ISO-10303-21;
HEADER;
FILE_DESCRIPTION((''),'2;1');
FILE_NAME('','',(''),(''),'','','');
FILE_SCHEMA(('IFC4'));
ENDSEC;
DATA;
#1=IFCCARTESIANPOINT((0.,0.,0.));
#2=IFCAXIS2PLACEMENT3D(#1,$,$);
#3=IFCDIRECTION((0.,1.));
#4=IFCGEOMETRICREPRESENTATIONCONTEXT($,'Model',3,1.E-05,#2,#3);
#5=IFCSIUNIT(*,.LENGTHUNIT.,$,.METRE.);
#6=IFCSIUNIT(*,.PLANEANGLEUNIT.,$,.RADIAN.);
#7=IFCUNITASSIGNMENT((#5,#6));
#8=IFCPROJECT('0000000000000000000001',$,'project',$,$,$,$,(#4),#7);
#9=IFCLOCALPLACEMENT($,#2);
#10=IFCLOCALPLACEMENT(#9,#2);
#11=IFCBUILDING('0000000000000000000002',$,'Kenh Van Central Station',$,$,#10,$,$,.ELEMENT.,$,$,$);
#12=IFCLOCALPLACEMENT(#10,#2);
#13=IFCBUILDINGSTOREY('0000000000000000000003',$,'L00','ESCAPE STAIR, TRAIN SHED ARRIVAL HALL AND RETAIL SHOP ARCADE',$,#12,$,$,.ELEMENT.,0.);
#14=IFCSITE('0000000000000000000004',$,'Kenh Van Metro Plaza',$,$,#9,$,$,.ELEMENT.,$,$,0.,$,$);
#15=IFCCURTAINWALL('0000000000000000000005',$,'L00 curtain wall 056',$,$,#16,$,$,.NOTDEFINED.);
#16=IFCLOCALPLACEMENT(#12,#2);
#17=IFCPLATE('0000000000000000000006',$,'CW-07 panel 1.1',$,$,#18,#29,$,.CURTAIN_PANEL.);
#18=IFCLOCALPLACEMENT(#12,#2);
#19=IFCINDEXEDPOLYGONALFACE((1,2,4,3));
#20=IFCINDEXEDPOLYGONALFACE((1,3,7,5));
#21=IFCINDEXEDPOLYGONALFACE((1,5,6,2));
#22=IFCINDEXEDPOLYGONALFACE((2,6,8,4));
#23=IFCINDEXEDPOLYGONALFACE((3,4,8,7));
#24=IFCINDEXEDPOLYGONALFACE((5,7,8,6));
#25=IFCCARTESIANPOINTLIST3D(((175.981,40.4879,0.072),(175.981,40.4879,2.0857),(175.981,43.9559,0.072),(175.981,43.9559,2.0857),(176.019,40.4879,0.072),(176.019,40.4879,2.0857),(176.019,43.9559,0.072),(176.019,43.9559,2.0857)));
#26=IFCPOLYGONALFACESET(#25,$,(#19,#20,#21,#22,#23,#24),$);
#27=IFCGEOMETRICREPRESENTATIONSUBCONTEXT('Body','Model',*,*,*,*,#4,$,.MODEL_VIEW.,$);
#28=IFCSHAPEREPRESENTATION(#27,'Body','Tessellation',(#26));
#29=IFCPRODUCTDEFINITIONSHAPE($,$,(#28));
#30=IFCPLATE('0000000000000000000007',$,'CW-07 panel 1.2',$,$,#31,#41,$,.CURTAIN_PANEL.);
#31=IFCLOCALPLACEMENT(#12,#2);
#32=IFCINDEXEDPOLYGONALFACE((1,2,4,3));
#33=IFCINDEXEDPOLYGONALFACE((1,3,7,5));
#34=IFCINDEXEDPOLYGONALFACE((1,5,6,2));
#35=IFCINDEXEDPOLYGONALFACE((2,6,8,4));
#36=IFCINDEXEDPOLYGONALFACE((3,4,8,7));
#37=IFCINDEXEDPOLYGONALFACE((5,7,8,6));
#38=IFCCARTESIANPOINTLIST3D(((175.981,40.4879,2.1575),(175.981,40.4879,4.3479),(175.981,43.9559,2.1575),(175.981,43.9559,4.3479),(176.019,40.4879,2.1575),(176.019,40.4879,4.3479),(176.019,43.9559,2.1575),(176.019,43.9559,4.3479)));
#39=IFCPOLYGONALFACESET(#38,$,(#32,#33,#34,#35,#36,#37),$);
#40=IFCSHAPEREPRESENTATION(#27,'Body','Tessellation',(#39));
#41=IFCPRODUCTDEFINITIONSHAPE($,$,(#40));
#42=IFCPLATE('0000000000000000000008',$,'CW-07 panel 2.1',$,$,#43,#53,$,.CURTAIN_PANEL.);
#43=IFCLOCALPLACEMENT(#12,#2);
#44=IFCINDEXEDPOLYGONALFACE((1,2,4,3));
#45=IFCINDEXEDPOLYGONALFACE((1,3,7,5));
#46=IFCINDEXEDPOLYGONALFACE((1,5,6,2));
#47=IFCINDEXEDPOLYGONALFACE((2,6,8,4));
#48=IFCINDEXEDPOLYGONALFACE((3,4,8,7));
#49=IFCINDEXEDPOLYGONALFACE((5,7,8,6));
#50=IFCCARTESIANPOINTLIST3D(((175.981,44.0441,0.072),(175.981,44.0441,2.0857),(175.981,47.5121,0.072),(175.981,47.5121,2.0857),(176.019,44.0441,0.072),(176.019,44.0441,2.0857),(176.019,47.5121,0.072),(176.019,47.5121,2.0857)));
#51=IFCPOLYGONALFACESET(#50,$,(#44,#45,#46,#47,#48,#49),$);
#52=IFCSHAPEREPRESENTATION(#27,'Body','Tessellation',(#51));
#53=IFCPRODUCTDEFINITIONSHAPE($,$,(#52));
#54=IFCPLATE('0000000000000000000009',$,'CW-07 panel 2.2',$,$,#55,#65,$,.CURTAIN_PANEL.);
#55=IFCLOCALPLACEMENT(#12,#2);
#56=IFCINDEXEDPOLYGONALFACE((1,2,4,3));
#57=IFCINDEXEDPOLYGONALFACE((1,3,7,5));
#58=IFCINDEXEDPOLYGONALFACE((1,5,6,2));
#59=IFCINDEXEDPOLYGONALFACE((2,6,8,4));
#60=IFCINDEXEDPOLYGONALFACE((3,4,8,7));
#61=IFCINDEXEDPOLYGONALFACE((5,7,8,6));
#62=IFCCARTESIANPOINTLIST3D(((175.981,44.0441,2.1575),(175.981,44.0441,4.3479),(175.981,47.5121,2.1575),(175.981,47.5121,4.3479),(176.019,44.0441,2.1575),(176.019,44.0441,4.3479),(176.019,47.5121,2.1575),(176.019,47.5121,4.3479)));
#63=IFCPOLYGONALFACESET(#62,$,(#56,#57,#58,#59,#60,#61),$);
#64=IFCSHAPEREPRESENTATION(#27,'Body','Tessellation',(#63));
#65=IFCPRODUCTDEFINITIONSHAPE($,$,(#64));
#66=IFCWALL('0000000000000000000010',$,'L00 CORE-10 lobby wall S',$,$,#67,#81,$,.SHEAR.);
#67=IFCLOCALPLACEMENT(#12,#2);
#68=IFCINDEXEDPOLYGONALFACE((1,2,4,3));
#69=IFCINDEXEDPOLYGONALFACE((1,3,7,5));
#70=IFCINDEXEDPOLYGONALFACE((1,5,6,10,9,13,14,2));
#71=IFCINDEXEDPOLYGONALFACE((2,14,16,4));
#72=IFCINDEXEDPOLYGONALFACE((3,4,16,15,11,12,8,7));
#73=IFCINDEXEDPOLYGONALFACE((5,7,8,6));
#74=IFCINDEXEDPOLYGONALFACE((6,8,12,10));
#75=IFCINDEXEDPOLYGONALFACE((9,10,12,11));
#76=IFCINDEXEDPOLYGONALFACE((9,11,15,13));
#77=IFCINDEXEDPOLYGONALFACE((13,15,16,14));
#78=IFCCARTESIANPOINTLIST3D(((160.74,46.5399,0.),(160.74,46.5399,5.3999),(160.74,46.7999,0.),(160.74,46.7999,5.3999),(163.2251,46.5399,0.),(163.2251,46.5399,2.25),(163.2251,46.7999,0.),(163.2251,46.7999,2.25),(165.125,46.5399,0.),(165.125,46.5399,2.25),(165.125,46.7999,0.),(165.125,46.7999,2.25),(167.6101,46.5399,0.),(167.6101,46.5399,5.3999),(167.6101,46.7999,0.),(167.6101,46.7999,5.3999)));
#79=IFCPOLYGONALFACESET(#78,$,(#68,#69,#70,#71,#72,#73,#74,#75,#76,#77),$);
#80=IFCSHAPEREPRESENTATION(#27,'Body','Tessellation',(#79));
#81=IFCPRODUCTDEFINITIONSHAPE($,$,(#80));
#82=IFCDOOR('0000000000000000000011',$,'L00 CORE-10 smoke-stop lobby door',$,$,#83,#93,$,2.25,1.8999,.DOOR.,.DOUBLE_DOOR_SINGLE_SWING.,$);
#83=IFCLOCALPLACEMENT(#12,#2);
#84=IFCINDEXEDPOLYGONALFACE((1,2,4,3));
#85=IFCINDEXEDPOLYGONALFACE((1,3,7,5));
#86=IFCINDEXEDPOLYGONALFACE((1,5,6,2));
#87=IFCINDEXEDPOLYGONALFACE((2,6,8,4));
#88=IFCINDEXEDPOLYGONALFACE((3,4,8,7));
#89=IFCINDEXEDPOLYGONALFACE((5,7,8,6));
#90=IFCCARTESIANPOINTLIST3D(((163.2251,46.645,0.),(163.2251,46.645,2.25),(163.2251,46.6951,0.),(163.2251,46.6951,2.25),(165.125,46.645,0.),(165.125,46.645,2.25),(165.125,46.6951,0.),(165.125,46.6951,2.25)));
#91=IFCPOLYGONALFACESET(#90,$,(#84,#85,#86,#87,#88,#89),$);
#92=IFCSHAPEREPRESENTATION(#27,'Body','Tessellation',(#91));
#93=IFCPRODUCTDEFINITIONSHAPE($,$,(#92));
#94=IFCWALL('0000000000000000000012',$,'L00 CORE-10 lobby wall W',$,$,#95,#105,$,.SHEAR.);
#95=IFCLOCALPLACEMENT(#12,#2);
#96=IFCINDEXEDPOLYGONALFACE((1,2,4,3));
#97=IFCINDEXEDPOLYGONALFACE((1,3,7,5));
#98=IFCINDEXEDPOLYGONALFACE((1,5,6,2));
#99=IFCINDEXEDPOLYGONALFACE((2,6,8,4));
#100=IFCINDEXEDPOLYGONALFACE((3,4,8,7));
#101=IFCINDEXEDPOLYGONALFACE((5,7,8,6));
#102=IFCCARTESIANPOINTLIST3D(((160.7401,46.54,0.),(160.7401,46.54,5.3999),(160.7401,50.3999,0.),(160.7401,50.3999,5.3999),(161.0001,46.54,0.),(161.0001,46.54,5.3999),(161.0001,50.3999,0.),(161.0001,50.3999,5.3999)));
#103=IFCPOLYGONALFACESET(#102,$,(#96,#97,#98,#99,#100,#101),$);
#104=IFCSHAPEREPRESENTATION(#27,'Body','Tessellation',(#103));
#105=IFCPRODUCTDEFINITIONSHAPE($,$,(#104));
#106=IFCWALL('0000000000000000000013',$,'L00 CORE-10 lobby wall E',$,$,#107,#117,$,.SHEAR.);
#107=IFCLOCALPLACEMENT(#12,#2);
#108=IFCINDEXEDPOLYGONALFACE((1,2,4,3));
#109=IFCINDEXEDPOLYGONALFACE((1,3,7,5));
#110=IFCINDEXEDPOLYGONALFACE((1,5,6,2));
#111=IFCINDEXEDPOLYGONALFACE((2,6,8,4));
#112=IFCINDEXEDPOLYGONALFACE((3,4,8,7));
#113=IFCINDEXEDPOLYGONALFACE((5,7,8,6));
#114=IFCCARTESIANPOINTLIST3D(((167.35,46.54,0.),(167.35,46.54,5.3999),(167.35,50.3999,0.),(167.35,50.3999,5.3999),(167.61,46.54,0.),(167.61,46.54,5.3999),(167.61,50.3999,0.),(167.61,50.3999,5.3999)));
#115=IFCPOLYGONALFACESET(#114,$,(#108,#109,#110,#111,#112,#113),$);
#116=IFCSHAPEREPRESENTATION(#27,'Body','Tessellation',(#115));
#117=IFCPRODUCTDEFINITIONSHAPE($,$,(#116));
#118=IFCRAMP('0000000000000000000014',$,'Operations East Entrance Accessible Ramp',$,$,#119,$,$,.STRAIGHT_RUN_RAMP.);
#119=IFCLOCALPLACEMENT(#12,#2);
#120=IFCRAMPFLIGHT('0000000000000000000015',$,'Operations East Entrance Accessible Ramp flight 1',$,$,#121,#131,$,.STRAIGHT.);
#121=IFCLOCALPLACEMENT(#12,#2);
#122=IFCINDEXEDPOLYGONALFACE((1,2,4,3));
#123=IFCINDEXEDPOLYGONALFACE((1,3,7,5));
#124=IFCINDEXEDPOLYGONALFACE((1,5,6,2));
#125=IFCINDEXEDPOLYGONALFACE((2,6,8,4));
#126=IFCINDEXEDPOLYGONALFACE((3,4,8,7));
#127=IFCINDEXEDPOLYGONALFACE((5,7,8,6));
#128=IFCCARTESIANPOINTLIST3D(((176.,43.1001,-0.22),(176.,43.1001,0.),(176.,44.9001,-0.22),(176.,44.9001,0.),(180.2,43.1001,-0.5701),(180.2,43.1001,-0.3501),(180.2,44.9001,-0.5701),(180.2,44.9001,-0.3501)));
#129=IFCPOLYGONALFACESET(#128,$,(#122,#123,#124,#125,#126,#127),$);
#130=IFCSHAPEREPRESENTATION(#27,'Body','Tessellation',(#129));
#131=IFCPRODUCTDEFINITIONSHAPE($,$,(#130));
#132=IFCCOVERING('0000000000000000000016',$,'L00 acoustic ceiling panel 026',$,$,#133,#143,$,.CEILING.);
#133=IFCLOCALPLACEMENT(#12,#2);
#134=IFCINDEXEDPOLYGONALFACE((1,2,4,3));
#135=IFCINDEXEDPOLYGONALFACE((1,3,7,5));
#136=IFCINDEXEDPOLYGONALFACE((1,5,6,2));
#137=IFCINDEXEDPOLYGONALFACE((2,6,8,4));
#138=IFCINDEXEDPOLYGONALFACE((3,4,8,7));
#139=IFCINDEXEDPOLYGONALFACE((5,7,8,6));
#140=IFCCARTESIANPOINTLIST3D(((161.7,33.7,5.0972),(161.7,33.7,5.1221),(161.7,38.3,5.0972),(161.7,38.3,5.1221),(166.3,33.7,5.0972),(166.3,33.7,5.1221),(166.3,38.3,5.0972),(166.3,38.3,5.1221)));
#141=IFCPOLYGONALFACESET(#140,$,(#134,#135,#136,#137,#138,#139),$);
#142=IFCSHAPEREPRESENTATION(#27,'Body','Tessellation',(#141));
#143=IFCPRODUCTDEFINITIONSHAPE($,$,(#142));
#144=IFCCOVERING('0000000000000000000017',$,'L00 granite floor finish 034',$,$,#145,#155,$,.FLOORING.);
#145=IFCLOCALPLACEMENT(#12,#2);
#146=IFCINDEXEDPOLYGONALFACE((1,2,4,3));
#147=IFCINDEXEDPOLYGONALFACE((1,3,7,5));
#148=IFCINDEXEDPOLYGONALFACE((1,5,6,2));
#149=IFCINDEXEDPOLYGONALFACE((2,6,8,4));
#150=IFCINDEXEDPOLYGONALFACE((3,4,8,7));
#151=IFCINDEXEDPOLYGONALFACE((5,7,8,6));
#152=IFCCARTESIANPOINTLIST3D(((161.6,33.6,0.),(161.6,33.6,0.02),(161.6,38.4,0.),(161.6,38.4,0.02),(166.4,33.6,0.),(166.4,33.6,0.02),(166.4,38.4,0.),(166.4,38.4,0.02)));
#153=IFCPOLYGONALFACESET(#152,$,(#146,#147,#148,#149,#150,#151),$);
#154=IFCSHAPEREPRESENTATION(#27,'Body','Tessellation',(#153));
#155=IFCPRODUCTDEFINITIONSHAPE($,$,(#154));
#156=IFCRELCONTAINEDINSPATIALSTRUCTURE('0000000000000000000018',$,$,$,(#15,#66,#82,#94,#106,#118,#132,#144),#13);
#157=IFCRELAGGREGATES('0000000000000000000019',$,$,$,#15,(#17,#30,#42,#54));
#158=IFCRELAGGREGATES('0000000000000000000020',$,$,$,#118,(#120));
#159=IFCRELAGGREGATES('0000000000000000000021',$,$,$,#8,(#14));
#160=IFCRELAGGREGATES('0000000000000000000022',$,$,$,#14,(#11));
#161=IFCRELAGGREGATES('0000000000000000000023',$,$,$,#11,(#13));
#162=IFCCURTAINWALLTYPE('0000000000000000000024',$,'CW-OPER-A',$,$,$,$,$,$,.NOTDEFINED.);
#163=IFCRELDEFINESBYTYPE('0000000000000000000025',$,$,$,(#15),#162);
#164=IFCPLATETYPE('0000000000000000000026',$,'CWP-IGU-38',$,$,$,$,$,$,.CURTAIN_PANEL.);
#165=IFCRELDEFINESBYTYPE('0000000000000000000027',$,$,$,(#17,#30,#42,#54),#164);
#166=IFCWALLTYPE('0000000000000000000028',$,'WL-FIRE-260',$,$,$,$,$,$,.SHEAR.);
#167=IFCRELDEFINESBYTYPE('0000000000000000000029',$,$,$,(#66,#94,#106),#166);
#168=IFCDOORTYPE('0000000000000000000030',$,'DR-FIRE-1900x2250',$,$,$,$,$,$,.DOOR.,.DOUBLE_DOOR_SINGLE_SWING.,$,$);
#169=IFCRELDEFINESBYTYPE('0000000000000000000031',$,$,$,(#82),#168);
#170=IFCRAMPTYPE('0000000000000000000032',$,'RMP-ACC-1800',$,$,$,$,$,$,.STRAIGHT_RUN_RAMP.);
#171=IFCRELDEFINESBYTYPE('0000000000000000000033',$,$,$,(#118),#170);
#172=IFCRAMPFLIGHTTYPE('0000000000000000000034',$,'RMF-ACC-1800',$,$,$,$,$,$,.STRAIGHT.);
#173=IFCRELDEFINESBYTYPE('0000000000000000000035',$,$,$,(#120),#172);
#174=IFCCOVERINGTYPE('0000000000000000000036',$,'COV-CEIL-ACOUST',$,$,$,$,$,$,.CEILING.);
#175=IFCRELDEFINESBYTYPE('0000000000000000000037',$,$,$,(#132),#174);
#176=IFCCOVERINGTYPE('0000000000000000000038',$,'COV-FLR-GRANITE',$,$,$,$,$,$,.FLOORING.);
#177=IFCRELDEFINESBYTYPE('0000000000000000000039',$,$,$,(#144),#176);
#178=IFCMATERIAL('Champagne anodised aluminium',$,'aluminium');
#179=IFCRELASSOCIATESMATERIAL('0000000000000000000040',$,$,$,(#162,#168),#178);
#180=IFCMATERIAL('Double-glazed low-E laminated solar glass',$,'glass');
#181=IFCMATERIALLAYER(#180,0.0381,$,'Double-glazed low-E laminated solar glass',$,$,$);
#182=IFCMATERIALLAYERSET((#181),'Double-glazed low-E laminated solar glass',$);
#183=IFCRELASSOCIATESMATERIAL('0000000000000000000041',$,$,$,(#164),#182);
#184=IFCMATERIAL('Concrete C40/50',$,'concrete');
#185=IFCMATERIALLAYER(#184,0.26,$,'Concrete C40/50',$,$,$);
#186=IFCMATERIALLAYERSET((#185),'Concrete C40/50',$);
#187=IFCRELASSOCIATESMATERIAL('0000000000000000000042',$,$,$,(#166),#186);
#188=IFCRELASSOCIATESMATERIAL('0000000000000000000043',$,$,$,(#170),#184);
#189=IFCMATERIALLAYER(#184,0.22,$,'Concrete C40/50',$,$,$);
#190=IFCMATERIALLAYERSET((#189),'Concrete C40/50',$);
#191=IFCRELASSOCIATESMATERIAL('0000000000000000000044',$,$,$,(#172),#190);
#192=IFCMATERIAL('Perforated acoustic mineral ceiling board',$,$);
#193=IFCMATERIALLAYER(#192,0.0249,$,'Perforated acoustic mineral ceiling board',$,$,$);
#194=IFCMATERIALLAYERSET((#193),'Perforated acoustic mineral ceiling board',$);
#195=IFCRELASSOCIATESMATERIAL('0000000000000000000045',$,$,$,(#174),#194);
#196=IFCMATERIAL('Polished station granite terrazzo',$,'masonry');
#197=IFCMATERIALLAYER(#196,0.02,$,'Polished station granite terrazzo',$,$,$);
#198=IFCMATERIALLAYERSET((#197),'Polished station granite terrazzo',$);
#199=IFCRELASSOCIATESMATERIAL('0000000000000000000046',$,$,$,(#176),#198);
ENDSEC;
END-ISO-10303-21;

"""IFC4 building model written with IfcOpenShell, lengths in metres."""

from ifc_helpers import new_model, si_unit, direction, frame, frame_2d, origin, origin_2d, place, context, subcontext, project, spatial, polyline, rectangle, outline, extrude, material, layer, layer_set, type_object, element, fill, aggregate, save


model = new_model("IFC4")

# Units and contexts
model_context = context("Model", 3, precision=1e-05, world=origin(), true_north=direction((0.0, 1.0)))
body_context = subcontext(model_context, "Body", "Model", "MODEL_VIEW")
ifc_project = project(units=[si_unit("LENGTHUNIT", "METRE"), si_unit("PLANEANGLEUNIT", "RADIAN")], contexts=[model_context])

# Site, building, storey
site_placement = place(None, origin())
site = spatial("IfcSite", under=ifc_project, at=site_placement, Name="Kenh Van Metro Plaza", CompositionType="ELEMENT", RefElevation=0.0)
building_placement = place(site_placement, origin())
building = spatial("IfcBuilding", under=site, at=building_placement, Name="Kenh Van Central Station", CompositionType="ELEMENT")
storey_placement = place(building_placement, origin())
storey = spatial("IfcBuildingStorey", under=building, at=storey_placement, Name="L00", Description="ESCAPE STAIR, TRAIN SHED ARRIVAL HALL AND RETAIL SHOP ARCADE", CompositionType="ELEMENT", Elevation=0.0)

# Shared definitions
ifc_material_1 = material(Name="Concrete C40/50", Category="concrete")

# Curtain wall
ifc_material_2 = material(Name="Champagne anodised aluminium", Category="aluminium")
curtain_wall_type = type_object("IfcCurtainWallType", Name="CW-OPER-A", PredefinedType="NOTDEFINED", material=ifc_material_2)
curtain_wall_placement = place(storey_placement, origin())
curtain_wall = element("IfcCurtainWall", 1, at=curtain_wall_placement, inside=storey, type_object=curtain_wall_type, Name="L00 curtain wall 056", PredefinedType="NOTDEFINED")

# Plates
ifc_material_3 = material(Name="Double-glazed low-E laminated solar glass", Category="glass")
ifc_layer_1 = layer(ifc_material_3, 0.0381, Name="Double-glazed low-E laminated solar glass")
ifc_layer_set_1 = layer_set([ifc_layer_1], Name="Double-glazed low-E laminated solar glass")
plate_type = type_object("IfcPlateType", Name="CWP-IGU-38", PredefinedType="CURTAIN_PANEL", material=ifc_layer_set_1)
plate_1_placement = place(storey_placement, frame((176.0, 42.2219, 0.072), z_axis=(0.0, 0.0, 1.0), x_axis=(0.0, 1.0, 0.0)))
plate_1 = element("IfcPlate", 2, at=plate_1_placement, type_object=plate_type, Name="CW-07 panel 1.1", PredefinedType="CURTAIN_PANEL", context=body_context, shape_type="SweptSolid", body=[
    extrude(rectangle(XDim=3.468, YDim=0.0381, at=origin_2d()), origin(), (0.0, 0.0, 1.0), 2.0137),
])
plate_2_placement = place(storey_placement, frame((176.0, 42.2219, 2.1575), z_axis=(0.0, 0.0, 1.0), x_axis=(0.0, 1.0, 0.0)))
plate_2 = element("IfcPlate", 3, at=plate_2_placement, type_object=plate_type, Name="CW-07 panel 1.2", PredefinedType="CURTAIN_PANEL", context=body_context, shape_type="SweptSolid", body=[
    extrude(rectangle(XDim=3.468, YDim=0.0381, at=origin_2d()), origin(), (0.0, 0.0, 1.0), 2.1904),
])
plate_3_placement = place(storey_placement, frame((176.0, 45.7781, 0.072), z_axis=(0.0, 0.0, 1.0), x_axis=(0.0, 1.0, 0.0)))
plate_3 = element("IfcPlate", 4, at=plate_3_placement, type_object=plate_type, Name="CW-07 panel 2.1", PredefinedType="CURTAIN_PANEL", context=body_context, shape_type="SweptSolid", body=[
    extrude(rectangle(XDim=3.468, YDim=0.0381, at=origin_2d()), origin(), (0.0, 0.0, 1.0), 2.0137),
])
plate_4_placement = place(storey_placement, frame((176.0, 45.7781, 2.1575), z_axis=(0.0, 0.0, 1.0), x_axis=(0.0, 1.0, 0.0)))
plate_4 = element("IfcPlate", 5, at=plate_4_placement, type_object=plate_type, Name="CW-07 panel 2.2", PredefinedType="CURTAIN_PANEL", context=body_context, shape_type="SweptSolid", body=[
    extrude(rectangle(XDim=3.468, YDim=0.0381, at=origin_2d()), origin(), (0.0, 0.0, 1.0), 2.1904),
])
aggregate(curtain_wall, [plate_1, plate_2, plate_3, plate_4])

# Wall, opening, door
ifc_layer_2 = layer(ifc_material_1, 0.26, Name="Concrete C40/50")
ifc_layer_set_2 = layer_set([ifc_layer_2], Name="Concrete C40/50")
wall_type_1 = type_object("IfcWallType", Name="WL-FIRE-260", PredefinedType="SHEAR", material=ifc_layer_set_2)
wall_1_placement = place(storey_placement, frame((167.6101, 46.6699, 0.0), z_axis=(0.0, 0.0, 1.0), x_axis=(-1.0, 0.0, 0.0)))
wall_1 = element("IfcWall", 6, at=wall_1_placement, inside=storey, type_object=wall_type_1, Name="L00 CORE-10 lobby wall S", PredefinedType="SHEAR", context=body_context, shape_type="SweptSolid", body=[
    extrude(rectangle(XDim=6.8701, YDim=0.26, at=frame_2d((3.4351, 0.0))), origin(), (0.0, 0.0, 1.0), 5.3999),
])
opening_1_placement = place(wall_1_placement, frame((2.4851, 0.0, 0.0)))
opening_1 = element("IfcOpeningElement", 7, at=opening_1_placement, cuts=wall_1, PredefinedType="OPENING", context=body_context, shape_type="SweptSolid", body=[
    extrude(rectangle(XDim=1.8999, YDim=2.25, at=frame_2d((0.95, 1.125))), frame((0.0, 0.1399, 0.0), z_axis=(0.0, -1.0, 0.0), x_axis=(1.0, 0.0, 0.0)), (0.0, 0.0, 1.0), 0.28),
])
door_type_1 = type_object("IfcDoorType", Name="DR-FIRE-1900x2250", OperationType="DOUBLE_DOOR_SINGLE_SWING", PredefinedType="DOOR", material=ifc_material_2)
door_1_placement = place(opening_1_placement, origin())
door_1 = element("IfcDoor", 8, at=door_1_placement, inside=storey, type_object=door_type_1, Name="L00 CORE-10 smoke-stop lobby door", OperationType="DOUBLE_DOOR_SINGLE_SWING", OverallHeight=2.25, OverallWidth=1.8999, PredefinedType="DOOR", context=body_context, shape_type="SweptSolid", body=[
    extrude(rectangle(XDim=1.8999, YDim=2.25, at=frame_2d((0.95, 1.125))), frame((0.0, 0.0249, 0.0), z_axis=(0.0, -1.0, 0.0), x_axis=(1.0, 0.0, 0.0)), (0.0, 0.0, 1.0), 0.05),
])
fill(opening_1, door_1)

# Walls
for number, where, z_axis, x_axis, name in (
    (9, (160.8701, 46.54, 0.0), (0.0, 0.0, 1.0), (0.0, 1.0, 0.0), "L00 CORE-10 lobby wall W"),
    (10, (167.48, 46.54, 0.0), (0.0, 0.0, 1.0), (0.0, 1.0, 0.0), "L00 CORE-10 lobby wall E"),
):
    element("IfcWall", number, at=place(storey_placement, frame(where, z_axis=z_axis, x_axis=x_axis)), inside=storey, type_object=wall_type_1, Name=name, PredefinedType="SHEAR", context=body_context, shape_type="SweptSolid", body=[
        extrude(rectangle(XDim=3.8599, YDim=0.26, at=frame_2d((1.9299, 0.0))), origin(), (0.0, 0.0, 1.0), 5.3999),
    ])

# Ramp, ramp flight
ramp_type = type_object("IfcRampType", Name="RMP-ACC-1800", PredefinedType="STRAIGHT_RUN_RAMP", material=ifc_material_1)
ramp_placement = place(storey_placement, origin())
ramp = element("IfcRamp", 11, at=ramp_placement, inside=storey, type_object=ramp_type, Name="Operations East Entrance Accessible Ramp", PredefinedType="STRAIGHT_RUN_RAMP")
ifc_layer_3 = layer(ifc_material_1, 0.22, Name="Concrete C40/50")
ifc_layer_set_3 = layer_set([ifc_layer_3], Name="Concrete C40/50")
ramp_flight_type = type_object("IfcRampFlightType", Name="RMF-ACC-1800", PredefinedType="STRAIGHT", material=ifc_layer_set_3)
ramp_flight_placement = place(storey_placement, frame((180.2, 44.0, -0.3501), z_axis=(0.0, 0.0, 1.0), x_axis=(-1.0, 0.0, 0.0)))
ramp_flight = element("IfcRampFlight", 12, at=ramp_flight_placement, type_object=ramp_flight_type, Name="Operations East Entrance Accessible Ramp flight 1", PredefinedType="STRAIGHT", context=body_context, shape_type="SweptSolid", body=[
    extrude(outline(polyline([(0.0, 0.0), (0.0, -0.22), (4.2, 0.1301), (4.2, 0.3501), (0.0, 0.0)])), frame((0.0, 0.8999, 0.0), z_axis=(0.0, -1.0, 0.0), x_axis=(1.0, 0.0, 0.0)), (0.0, 0.0, 1.0), 1.8),
])
aggregate(ramp, [ramp_flight])

# Coverings
ifc_material_4 = material(Name="Perforated acoustic mineral ceiling board")
ifc_layer_4 = layer(ifc_material_4, 0.0249, Name="Perforated acoustic mineral ceiling board")
ifc_layer_set_4 = layer_set([ifc_layer_4], Name="Perforated acoustic mineral ceiling board")
covering_type_1 = type_object("IfcCoveringType", Name="COV-CEIL-ACOUST", PredefinedType="CEILING", material=ifc_layer_set_4)
covering_1_placement = place(storey_placement, frame((164.0, 36.0, 5.0972), z_axis=(0.0, 0.0, 1.0), x_axis=(1.0, 0.0, 0.0)))
element("IfcCovering", 13, at=covering_1_placement, inside=storey, type_object=covering_type_1, Name="L00 acoustic ceiling panel 026", PredefinedType="CEILING", context=body_context, shape_type="SweptSolid", body=[
    extrude(rectangle(XDim=4.6001, YDim=4.6001, at=origin_2d()), origin(), (0.0, 0.0, 1.0), 0.0249),
])
ifc_material_5 = material(Name="Polished station granite terrazzo", Category="masonry")
ifc_layer_5 = layer(ifc_material_5, 0.02, Name="Polished station granite terrazzo")
ifc_layer_set_5 = layer_set([ifc_layer_5], Name="Polished station granite terrazzo")
covering_type_2 = type_object("IfcCoveringType", Name="COV-FLR-GRANITE", PredefinedType="FLOORING", material=ifc_layer_set_5)
covering_2_placement = place(storey_placement, frame((164.0, 36.0, 0.0), z_axis=(0.0, 0.0, 1.0), x_axis=(1.0, 0.0, 0.0)))
element("IfcCovering", 14, at=covering_2_placement, inside=storey, type_object=covering_type_2, Name="L00 granite floor finish 034", PredefinedType="FLOORING", context=body_context, shape_type="SweptSolid", body=[
    extrude(rectangle(XDim=4.8, YDim=4.8, at=origin_2d()), origin(), (0.0, 0.0, 1.0), 0.02),
])

save(model, "model.ifc")
